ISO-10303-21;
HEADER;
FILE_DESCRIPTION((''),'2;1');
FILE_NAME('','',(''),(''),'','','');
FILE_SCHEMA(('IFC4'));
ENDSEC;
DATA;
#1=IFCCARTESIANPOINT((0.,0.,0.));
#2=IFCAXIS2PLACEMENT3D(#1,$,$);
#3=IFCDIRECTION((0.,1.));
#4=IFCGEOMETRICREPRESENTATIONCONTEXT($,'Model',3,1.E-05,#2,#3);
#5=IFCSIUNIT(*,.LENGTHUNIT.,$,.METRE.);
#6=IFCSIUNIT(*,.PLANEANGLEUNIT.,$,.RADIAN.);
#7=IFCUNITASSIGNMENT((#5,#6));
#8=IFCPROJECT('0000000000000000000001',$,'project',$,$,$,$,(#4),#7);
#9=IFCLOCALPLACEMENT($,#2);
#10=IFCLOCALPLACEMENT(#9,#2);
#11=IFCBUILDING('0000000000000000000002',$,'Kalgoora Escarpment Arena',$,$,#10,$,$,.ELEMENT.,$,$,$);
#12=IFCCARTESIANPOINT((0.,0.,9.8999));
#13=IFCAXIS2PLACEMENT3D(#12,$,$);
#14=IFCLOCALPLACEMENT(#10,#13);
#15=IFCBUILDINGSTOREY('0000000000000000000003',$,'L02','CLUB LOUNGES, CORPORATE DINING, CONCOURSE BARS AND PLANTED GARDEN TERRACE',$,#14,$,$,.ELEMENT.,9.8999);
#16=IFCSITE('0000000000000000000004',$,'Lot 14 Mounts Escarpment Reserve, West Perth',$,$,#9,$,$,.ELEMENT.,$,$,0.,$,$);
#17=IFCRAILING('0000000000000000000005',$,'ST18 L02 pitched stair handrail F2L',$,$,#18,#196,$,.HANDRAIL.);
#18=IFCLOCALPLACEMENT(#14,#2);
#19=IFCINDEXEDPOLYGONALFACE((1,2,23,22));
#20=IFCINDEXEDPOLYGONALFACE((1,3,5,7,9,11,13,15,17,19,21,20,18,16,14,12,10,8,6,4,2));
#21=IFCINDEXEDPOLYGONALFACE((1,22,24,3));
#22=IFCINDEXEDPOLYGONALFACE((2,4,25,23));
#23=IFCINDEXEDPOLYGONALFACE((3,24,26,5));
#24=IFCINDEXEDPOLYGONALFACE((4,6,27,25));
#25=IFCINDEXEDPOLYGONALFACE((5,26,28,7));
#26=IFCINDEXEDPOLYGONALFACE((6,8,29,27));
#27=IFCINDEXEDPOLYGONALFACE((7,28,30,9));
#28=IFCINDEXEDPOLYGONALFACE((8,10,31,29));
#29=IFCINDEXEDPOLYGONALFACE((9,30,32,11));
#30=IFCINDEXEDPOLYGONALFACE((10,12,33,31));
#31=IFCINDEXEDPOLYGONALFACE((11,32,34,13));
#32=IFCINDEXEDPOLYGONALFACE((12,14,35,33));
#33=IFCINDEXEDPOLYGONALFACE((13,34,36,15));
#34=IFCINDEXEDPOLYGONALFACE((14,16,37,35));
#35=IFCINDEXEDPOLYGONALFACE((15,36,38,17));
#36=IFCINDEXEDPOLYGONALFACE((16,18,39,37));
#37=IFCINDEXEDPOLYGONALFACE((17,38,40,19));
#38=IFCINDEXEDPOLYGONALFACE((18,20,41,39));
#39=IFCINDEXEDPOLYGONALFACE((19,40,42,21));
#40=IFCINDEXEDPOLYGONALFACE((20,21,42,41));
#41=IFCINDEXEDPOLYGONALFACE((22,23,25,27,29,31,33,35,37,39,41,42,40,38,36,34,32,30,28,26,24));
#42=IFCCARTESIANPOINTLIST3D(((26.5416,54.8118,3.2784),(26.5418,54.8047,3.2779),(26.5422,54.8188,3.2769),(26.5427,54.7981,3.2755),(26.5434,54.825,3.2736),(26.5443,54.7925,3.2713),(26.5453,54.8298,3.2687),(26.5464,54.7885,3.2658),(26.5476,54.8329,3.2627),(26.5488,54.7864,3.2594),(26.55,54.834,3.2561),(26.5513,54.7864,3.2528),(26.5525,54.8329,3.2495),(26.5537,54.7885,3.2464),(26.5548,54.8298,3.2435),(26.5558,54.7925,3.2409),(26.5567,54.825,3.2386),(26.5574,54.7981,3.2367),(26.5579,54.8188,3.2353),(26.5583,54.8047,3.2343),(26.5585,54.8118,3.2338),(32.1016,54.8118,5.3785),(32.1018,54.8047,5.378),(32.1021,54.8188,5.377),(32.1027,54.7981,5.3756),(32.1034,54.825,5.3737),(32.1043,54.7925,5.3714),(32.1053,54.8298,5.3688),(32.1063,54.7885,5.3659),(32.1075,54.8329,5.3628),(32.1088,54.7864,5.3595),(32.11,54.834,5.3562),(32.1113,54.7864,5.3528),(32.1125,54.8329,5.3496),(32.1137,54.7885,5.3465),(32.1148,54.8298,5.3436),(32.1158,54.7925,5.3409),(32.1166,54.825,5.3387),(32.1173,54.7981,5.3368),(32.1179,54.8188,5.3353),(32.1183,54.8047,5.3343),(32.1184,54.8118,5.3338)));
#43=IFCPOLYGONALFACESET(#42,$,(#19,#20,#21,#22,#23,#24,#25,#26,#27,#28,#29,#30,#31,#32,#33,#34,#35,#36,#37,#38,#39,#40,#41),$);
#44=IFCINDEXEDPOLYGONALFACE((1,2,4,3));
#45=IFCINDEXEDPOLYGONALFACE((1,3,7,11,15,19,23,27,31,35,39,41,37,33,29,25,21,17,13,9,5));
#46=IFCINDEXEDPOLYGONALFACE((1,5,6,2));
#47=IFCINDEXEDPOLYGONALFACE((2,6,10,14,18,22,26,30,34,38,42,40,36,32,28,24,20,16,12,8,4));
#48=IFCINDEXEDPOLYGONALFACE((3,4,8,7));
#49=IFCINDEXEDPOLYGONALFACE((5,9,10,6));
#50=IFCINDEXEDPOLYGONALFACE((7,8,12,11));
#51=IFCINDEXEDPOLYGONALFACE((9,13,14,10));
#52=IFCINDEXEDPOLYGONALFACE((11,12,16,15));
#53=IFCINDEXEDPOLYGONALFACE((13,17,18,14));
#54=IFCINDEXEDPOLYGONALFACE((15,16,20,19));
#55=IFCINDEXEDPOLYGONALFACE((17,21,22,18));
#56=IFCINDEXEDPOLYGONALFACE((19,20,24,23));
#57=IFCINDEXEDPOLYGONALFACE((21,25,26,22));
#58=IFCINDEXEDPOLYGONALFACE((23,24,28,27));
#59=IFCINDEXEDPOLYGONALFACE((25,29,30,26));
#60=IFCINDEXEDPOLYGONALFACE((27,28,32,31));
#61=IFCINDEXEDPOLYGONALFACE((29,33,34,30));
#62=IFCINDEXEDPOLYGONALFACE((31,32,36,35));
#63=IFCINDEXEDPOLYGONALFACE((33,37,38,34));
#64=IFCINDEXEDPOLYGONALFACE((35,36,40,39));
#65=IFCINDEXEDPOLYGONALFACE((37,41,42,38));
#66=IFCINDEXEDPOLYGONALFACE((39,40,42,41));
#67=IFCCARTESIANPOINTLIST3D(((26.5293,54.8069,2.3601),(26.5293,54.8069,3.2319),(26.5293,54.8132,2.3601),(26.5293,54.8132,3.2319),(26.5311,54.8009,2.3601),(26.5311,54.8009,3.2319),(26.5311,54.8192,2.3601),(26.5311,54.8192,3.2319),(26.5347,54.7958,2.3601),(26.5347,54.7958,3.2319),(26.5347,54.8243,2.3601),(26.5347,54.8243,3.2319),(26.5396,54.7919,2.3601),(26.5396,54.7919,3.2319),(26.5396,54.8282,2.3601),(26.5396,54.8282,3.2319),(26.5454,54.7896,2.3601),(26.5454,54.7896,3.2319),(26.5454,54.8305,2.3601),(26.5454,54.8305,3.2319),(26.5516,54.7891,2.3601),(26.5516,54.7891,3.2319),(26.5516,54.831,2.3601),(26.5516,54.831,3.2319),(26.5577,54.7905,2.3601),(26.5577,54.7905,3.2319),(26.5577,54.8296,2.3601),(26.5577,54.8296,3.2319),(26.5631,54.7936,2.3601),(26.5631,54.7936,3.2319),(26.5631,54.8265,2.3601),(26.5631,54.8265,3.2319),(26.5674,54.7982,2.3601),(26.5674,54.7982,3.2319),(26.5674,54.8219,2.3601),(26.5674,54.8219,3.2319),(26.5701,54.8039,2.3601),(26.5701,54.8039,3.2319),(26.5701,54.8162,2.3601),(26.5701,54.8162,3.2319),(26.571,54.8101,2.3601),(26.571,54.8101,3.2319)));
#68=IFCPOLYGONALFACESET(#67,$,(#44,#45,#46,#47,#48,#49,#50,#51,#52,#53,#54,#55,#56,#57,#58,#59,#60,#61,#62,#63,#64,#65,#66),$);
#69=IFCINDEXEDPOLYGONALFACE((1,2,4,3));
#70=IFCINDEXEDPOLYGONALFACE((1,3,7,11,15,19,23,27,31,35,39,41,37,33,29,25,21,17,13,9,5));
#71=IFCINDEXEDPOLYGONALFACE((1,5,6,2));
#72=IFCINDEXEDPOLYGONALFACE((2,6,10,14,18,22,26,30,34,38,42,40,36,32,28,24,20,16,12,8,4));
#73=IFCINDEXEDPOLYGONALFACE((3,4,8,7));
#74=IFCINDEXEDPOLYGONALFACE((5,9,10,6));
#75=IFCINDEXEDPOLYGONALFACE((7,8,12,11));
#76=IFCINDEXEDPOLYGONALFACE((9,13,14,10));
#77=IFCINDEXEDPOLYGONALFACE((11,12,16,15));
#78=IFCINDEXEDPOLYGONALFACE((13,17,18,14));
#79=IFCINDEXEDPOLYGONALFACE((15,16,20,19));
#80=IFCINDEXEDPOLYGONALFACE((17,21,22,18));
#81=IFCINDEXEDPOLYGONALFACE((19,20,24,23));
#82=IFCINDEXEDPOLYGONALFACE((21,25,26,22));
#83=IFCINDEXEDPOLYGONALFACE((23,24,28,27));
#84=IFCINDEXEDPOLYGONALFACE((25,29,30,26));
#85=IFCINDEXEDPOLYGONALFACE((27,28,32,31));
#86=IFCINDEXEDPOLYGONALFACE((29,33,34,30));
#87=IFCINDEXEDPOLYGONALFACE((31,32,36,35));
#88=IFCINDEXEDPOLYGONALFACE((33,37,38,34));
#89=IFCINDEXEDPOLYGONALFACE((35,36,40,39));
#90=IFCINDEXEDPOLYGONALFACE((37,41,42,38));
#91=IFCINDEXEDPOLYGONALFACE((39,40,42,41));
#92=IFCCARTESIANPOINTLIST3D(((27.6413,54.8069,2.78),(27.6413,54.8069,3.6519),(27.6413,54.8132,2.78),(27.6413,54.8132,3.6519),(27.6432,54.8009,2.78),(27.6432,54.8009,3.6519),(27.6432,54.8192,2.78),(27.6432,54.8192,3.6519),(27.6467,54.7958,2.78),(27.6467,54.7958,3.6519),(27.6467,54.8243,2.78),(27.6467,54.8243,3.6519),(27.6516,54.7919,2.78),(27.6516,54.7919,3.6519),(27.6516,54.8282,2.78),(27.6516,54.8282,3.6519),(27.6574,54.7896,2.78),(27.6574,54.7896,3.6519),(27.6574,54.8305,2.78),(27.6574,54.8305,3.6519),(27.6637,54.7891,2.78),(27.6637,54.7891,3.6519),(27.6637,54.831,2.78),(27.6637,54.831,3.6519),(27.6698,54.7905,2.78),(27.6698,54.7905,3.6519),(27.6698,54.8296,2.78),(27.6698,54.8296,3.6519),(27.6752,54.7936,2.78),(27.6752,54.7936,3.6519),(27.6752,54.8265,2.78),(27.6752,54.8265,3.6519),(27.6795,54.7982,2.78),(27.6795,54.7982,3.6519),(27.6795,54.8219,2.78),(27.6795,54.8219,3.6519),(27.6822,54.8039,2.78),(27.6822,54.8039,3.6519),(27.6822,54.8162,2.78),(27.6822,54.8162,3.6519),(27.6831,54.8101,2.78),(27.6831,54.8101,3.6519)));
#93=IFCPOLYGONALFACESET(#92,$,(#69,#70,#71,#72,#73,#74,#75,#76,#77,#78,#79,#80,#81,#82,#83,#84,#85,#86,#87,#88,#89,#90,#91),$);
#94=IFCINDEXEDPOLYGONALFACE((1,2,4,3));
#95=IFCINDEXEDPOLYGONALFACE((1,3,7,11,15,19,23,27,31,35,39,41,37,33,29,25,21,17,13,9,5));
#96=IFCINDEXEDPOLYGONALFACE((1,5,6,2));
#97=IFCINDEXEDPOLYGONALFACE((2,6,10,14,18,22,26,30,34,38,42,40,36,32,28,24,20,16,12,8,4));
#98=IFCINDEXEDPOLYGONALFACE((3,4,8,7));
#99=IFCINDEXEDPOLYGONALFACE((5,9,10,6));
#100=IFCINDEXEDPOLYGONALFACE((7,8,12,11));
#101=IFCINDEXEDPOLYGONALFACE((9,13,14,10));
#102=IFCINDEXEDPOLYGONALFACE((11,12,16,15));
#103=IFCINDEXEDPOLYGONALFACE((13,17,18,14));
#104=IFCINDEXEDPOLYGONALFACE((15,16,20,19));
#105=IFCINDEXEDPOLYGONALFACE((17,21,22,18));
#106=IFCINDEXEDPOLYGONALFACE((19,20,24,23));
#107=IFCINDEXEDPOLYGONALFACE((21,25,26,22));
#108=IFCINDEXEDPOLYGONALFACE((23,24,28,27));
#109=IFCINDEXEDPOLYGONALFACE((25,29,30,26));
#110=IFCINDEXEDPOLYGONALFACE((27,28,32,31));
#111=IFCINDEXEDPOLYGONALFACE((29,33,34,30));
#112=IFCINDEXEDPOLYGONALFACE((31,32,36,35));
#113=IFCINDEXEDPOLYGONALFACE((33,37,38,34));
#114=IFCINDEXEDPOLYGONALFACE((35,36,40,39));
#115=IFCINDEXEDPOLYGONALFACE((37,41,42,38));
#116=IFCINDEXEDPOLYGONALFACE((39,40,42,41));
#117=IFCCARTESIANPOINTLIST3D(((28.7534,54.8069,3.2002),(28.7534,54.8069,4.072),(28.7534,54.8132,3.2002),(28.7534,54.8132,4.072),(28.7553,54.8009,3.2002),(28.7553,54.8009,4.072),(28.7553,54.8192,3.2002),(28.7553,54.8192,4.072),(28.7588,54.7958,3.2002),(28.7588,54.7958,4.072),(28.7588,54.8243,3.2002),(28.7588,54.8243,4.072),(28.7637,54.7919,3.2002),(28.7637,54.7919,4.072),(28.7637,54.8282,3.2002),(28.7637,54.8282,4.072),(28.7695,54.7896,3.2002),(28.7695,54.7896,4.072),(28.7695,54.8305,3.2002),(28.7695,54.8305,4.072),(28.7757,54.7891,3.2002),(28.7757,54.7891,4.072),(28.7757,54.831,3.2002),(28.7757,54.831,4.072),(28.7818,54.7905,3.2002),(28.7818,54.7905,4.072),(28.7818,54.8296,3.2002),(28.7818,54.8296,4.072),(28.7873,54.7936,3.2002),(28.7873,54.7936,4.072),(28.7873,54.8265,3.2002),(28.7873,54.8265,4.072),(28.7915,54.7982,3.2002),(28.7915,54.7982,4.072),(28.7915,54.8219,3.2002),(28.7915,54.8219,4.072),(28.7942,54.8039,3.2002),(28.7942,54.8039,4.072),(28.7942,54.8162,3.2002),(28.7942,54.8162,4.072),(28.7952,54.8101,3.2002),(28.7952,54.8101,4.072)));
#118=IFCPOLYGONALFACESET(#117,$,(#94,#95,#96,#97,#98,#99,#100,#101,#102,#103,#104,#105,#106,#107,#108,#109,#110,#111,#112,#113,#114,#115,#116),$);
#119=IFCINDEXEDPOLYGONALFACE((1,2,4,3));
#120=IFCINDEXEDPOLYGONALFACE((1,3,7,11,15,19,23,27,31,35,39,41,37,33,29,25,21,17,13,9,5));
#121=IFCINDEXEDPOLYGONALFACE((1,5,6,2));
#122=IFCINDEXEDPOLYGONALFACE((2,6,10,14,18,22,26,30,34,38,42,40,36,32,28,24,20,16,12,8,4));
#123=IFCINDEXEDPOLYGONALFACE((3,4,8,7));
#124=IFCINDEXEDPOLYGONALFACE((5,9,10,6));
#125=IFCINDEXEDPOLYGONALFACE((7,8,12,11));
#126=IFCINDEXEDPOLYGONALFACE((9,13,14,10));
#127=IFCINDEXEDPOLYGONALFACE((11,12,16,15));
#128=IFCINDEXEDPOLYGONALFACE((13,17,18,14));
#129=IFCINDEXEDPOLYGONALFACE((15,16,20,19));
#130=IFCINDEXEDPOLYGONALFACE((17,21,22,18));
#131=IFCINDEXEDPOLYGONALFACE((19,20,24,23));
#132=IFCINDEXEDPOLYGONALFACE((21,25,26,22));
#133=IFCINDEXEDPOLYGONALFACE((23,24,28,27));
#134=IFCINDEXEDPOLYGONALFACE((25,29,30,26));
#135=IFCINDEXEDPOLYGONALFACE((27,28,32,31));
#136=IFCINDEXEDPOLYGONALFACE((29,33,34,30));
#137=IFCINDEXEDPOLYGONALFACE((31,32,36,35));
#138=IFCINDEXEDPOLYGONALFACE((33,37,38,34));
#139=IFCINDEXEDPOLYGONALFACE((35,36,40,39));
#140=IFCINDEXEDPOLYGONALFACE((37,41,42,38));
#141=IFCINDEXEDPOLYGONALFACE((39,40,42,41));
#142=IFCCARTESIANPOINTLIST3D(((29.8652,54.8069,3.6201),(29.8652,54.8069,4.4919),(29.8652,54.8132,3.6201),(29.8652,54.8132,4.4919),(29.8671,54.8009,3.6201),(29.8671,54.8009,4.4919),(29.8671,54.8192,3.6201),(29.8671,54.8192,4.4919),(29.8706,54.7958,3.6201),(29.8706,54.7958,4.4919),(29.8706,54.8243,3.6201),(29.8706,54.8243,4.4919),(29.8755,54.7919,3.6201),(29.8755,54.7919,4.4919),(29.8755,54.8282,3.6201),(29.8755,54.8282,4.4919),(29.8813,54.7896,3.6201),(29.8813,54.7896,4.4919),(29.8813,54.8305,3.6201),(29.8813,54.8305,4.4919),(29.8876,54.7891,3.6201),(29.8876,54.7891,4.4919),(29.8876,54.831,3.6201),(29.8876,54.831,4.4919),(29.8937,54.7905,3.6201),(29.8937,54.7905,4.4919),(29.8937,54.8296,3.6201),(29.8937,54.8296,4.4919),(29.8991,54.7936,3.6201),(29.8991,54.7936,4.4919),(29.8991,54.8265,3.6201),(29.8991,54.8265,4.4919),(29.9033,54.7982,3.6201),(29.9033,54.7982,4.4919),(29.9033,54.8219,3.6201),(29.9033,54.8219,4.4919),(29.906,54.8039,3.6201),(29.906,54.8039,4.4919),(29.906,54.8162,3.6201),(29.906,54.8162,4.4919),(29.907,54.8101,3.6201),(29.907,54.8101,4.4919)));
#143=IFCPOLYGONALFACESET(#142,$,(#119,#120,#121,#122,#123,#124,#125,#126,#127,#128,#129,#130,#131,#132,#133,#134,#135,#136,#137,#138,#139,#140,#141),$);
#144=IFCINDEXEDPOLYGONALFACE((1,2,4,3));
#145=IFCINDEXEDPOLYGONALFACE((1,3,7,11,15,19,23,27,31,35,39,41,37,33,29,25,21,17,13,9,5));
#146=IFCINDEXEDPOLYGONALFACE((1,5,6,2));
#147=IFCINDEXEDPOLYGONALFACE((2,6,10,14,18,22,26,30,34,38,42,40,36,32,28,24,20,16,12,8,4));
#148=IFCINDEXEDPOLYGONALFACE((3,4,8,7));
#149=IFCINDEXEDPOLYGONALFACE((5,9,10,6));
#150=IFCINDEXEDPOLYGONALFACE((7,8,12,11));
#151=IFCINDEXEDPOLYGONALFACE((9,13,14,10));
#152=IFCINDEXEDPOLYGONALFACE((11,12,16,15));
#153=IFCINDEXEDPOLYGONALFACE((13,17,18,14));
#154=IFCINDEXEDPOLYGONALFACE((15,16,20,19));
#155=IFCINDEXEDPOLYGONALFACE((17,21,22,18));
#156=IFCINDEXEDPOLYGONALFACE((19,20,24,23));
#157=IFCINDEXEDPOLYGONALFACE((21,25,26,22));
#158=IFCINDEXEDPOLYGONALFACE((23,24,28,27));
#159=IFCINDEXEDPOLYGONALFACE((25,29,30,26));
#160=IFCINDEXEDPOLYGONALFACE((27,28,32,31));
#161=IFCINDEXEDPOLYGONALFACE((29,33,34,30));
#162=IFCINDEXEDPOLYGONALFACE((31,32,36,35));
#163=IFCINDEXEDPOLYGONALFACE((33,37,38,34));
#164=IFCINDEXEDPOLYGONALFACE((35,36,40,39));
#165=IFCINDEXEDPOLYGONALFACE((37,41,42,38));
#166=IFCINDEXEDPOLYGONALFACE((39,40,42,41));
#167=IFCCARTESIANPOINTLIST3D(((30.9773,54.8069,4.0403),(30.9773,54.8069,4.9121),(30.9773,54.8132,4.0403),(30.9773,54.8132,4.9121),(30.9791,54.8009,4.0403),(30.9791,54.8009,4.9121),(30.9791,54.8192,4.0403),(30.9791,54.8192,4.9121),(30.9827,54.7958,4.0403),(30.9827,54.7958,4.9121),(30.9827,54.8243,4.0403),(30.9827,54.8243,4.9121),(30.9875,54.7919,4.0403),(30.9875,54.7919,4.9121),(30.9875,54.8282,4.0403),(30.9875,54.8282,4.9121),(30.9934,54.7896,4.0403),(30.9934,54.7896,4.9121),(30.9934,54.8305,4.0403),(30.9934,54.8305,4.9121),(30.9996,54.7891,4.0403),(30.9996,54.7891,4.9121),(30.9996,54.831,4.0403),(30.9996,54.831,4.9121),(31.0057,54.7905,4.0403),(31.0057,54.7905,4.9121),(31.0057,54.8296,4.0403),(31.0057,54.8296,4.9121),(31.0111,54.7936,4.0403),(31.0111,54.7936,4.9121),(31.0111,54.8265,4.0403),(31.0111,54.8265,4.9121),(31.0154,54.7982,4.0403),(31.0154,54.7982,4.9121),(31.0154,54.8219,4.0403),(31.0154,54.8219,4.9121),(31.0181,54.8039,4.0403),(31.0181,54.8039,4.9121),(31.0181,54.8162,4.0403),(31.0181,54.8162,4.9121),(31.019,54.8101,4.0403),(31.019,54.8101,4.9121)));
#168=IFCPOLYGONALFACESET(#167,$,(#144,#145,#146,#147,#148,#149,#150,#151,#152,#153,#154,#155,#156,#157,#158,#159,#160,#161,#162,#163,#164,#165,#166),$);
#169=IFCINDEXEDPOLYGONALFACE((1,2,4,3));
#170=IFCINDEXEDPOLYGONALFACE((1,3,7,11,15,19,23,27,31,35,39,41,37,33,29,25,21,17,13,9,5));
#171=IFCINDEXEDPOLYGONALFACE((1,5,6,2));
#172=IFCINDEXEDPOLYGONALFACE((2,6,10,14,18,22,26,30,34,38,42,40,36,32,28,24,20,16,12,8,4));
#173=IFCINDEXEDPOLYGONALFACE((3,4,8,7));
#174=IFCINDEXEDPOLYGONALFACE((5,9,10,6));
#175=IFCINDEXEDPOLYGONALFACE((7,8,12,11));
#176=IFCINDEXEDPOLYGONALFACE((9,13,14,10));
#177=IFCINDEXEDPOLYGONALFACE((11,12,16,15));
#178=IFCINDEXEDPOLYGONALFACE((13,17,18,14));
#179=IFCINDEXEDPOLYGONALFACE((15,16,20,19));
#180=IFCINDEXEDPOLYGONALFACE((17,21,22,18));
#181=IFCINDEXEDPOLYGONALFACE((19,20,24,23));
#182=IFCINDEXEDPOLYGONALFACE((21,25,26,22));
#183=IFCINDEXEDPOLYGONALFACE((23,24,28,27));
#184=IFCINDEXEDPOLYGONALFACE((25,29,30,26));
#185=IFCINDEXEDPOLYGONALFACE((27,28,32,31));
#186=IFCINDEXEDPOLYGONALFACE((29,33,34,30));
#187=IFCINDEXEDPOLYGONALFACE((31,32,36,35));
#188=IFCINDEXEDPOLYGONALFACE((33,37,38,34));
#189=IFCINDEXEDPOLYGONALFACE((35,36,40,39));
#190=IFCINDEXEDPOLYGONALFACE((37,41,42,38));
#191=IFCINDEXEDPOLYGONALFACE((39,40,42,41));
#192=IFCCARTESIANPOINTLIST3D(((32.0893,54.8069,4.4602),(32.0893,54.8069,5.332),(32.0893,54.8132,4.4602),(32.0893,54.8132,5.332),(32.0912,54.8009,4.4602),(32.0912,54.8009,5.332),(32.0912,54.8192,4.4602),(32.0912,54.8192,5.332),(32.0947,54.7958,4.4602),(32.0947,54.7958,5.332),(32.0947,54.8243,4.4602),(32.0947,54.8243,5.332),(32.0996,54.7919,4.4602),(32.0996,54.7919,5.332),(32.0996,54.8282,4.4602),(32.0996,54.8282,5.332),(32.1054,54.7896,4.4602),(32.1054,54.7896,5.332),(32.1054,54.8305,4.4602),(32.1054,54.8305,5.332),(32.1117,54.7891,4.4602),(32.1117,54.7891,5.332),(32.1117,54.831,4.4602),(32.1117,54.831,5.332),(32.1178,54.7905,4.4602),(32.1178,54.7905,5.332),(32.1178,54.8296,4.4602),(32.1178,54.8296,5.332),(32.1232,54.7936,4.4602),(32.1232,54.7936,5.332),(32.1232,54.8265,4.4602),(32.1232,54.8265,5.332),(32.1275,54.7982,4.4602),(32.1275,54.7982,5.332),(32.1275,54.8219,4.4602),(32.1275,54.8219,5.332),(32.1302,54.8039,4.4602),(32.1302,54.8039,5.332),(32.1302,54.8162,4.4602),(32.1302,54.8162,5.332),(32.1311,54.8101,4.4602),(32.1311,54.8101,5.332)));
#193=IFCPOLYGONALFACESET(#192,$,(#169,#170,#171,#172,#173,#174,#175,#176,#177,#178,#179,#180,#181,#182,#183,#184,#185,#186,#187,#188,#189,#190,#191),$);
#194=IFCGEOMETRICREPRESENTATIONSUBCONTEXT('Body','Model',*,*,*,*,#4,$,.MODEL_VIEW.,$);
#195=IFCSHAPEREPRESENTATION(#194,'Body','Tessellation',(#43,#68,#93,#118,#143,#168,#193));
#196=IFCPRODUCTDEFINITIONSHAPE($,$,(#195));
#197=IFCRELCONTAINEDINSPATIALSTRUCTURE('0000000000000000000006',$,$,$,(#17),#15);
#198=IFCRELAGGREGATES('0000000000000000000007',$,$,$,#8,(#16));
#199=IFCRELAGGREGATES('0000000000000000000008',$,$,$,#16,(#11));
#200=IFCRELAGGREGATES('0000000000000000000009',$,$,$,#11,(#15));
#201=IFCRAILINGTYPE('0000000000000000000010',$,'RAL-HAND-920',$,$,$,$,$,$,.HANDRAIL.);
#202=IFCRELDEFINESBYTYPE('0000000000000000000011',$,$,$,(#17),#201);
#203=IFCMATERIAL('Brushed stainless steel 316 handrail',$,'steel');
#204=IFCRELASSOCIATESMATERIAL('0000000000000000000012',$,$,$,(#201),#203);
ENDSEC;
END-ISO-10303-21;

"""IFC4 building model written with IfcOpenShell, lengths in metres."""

from ifc_helpers import new_model, si_unit, direction, frame, origin, origin_2d, place, context, subcontext, project, spatial, circle, extrude, material, type_object, element, save


model = new_model("IFC4")

# Units and contexts
model_context = context("Model", 3, precision=1e-05, world=origin(), true_north=direction((0.0, 1.0)))
body_context = subcontext(model_context, "Body", "Model", "MODEL_VIEW")
ifc_project = project(units=[si_unit("LENGTHUNIT", "METRE"), si_unit("PLANEANGLEUNIT", "RADIAN")], contexts=[model_context])

# Site, building, storey
site_placement = place(None, origin())
site = spatial("IfcSite", under=ifc_project, at=site_placement, Name="Lot 14 Mounts Escarpment Reserve, West Perth", CompositionType="ELEMENT", RefElevation=0.0)
building_placement = place(site_placement, origin())
building = spatial("IfcBuilding", under=site, at=building_placement, Name="Kalgoora Escarpment Arena", CompositionType="ELEMENT")
storey_placement = place(building_placement, frame((0.0, 0.0, 9.8999)))
storey = spatial("IfcBuildingStorey", under=building, at=storey_placement, Name="L02", Description="CLUB LOUNGES, CORPORATE DINING, CONCOURSE BARS AND PLANTED GARDEN TERRACE", CompositionType="ELEMENT", Elevation=9.8999)

# Railing
ifc_material_1 = material(Name="Brushed stainless steel 316 handrail", Category="steel")
railing_type_1 = type_object("IfcRailingType", Name="RAL-HAND-920", PredefinedType="HANDRAIL", material=ifc_material_1)
for number, where, name in (
    (1, (26.55, 54.8101, 2.3601), "ST18 L02 pitched stair handrail F2L"),
):
    element("IfcRailing", number, at=place(storey_placement, frame(where)), inside=storey, type_object=railing_type_1, Name=name, PredefinedType="HANDRAIL", context=body_context, shape_type="SweptSolid", body=[
        extrude(circle(Radius=0.0239, at=origin_2d()), frame((0.0, 0.0, 0.896), z_axis=(0.935493, 0.0, 0.353346), x_axis=(0.0, 1.0, 0.0)), (0.0, 0.0, 1.0), 5.9434),
        extrude(circle(Radius=0.021, at=origin_2d()), origin(), (0.0, 0.0, 1.0), 0.8718),
        extrude(circle(Radius=0.021, at=origin_2d()), frame((1.1121, 0.0, 0.4199)), (0.0, 0.0, 1.0), 0.8718),
        extrude(circle(Radius=0.021, at=origin_2d()), frame((2.2241, 0.0, 0.8401)), (0.0, 0.0, 1.0), 0.8718),
        extrude(circle(Radius=0.021, at=origin_2d()), frame((3.3359, 0.0, 1.26)), (0.0, 0.0, 1.0), 0.8718),
        extrude(circle(Radius=0.021, at=origin_2d()), frame((4.448, 0.0, 1.6802)), (0.0, 0.0, 1.0), 0.8718),
        extrude(circle(Radius=0.021, at=origin_2d()), frame((5.5601, 0.0, 2.1001)), (0.0, 0.0, 1.0), 0.8718),
    ])

save(model, "model.ifc")
